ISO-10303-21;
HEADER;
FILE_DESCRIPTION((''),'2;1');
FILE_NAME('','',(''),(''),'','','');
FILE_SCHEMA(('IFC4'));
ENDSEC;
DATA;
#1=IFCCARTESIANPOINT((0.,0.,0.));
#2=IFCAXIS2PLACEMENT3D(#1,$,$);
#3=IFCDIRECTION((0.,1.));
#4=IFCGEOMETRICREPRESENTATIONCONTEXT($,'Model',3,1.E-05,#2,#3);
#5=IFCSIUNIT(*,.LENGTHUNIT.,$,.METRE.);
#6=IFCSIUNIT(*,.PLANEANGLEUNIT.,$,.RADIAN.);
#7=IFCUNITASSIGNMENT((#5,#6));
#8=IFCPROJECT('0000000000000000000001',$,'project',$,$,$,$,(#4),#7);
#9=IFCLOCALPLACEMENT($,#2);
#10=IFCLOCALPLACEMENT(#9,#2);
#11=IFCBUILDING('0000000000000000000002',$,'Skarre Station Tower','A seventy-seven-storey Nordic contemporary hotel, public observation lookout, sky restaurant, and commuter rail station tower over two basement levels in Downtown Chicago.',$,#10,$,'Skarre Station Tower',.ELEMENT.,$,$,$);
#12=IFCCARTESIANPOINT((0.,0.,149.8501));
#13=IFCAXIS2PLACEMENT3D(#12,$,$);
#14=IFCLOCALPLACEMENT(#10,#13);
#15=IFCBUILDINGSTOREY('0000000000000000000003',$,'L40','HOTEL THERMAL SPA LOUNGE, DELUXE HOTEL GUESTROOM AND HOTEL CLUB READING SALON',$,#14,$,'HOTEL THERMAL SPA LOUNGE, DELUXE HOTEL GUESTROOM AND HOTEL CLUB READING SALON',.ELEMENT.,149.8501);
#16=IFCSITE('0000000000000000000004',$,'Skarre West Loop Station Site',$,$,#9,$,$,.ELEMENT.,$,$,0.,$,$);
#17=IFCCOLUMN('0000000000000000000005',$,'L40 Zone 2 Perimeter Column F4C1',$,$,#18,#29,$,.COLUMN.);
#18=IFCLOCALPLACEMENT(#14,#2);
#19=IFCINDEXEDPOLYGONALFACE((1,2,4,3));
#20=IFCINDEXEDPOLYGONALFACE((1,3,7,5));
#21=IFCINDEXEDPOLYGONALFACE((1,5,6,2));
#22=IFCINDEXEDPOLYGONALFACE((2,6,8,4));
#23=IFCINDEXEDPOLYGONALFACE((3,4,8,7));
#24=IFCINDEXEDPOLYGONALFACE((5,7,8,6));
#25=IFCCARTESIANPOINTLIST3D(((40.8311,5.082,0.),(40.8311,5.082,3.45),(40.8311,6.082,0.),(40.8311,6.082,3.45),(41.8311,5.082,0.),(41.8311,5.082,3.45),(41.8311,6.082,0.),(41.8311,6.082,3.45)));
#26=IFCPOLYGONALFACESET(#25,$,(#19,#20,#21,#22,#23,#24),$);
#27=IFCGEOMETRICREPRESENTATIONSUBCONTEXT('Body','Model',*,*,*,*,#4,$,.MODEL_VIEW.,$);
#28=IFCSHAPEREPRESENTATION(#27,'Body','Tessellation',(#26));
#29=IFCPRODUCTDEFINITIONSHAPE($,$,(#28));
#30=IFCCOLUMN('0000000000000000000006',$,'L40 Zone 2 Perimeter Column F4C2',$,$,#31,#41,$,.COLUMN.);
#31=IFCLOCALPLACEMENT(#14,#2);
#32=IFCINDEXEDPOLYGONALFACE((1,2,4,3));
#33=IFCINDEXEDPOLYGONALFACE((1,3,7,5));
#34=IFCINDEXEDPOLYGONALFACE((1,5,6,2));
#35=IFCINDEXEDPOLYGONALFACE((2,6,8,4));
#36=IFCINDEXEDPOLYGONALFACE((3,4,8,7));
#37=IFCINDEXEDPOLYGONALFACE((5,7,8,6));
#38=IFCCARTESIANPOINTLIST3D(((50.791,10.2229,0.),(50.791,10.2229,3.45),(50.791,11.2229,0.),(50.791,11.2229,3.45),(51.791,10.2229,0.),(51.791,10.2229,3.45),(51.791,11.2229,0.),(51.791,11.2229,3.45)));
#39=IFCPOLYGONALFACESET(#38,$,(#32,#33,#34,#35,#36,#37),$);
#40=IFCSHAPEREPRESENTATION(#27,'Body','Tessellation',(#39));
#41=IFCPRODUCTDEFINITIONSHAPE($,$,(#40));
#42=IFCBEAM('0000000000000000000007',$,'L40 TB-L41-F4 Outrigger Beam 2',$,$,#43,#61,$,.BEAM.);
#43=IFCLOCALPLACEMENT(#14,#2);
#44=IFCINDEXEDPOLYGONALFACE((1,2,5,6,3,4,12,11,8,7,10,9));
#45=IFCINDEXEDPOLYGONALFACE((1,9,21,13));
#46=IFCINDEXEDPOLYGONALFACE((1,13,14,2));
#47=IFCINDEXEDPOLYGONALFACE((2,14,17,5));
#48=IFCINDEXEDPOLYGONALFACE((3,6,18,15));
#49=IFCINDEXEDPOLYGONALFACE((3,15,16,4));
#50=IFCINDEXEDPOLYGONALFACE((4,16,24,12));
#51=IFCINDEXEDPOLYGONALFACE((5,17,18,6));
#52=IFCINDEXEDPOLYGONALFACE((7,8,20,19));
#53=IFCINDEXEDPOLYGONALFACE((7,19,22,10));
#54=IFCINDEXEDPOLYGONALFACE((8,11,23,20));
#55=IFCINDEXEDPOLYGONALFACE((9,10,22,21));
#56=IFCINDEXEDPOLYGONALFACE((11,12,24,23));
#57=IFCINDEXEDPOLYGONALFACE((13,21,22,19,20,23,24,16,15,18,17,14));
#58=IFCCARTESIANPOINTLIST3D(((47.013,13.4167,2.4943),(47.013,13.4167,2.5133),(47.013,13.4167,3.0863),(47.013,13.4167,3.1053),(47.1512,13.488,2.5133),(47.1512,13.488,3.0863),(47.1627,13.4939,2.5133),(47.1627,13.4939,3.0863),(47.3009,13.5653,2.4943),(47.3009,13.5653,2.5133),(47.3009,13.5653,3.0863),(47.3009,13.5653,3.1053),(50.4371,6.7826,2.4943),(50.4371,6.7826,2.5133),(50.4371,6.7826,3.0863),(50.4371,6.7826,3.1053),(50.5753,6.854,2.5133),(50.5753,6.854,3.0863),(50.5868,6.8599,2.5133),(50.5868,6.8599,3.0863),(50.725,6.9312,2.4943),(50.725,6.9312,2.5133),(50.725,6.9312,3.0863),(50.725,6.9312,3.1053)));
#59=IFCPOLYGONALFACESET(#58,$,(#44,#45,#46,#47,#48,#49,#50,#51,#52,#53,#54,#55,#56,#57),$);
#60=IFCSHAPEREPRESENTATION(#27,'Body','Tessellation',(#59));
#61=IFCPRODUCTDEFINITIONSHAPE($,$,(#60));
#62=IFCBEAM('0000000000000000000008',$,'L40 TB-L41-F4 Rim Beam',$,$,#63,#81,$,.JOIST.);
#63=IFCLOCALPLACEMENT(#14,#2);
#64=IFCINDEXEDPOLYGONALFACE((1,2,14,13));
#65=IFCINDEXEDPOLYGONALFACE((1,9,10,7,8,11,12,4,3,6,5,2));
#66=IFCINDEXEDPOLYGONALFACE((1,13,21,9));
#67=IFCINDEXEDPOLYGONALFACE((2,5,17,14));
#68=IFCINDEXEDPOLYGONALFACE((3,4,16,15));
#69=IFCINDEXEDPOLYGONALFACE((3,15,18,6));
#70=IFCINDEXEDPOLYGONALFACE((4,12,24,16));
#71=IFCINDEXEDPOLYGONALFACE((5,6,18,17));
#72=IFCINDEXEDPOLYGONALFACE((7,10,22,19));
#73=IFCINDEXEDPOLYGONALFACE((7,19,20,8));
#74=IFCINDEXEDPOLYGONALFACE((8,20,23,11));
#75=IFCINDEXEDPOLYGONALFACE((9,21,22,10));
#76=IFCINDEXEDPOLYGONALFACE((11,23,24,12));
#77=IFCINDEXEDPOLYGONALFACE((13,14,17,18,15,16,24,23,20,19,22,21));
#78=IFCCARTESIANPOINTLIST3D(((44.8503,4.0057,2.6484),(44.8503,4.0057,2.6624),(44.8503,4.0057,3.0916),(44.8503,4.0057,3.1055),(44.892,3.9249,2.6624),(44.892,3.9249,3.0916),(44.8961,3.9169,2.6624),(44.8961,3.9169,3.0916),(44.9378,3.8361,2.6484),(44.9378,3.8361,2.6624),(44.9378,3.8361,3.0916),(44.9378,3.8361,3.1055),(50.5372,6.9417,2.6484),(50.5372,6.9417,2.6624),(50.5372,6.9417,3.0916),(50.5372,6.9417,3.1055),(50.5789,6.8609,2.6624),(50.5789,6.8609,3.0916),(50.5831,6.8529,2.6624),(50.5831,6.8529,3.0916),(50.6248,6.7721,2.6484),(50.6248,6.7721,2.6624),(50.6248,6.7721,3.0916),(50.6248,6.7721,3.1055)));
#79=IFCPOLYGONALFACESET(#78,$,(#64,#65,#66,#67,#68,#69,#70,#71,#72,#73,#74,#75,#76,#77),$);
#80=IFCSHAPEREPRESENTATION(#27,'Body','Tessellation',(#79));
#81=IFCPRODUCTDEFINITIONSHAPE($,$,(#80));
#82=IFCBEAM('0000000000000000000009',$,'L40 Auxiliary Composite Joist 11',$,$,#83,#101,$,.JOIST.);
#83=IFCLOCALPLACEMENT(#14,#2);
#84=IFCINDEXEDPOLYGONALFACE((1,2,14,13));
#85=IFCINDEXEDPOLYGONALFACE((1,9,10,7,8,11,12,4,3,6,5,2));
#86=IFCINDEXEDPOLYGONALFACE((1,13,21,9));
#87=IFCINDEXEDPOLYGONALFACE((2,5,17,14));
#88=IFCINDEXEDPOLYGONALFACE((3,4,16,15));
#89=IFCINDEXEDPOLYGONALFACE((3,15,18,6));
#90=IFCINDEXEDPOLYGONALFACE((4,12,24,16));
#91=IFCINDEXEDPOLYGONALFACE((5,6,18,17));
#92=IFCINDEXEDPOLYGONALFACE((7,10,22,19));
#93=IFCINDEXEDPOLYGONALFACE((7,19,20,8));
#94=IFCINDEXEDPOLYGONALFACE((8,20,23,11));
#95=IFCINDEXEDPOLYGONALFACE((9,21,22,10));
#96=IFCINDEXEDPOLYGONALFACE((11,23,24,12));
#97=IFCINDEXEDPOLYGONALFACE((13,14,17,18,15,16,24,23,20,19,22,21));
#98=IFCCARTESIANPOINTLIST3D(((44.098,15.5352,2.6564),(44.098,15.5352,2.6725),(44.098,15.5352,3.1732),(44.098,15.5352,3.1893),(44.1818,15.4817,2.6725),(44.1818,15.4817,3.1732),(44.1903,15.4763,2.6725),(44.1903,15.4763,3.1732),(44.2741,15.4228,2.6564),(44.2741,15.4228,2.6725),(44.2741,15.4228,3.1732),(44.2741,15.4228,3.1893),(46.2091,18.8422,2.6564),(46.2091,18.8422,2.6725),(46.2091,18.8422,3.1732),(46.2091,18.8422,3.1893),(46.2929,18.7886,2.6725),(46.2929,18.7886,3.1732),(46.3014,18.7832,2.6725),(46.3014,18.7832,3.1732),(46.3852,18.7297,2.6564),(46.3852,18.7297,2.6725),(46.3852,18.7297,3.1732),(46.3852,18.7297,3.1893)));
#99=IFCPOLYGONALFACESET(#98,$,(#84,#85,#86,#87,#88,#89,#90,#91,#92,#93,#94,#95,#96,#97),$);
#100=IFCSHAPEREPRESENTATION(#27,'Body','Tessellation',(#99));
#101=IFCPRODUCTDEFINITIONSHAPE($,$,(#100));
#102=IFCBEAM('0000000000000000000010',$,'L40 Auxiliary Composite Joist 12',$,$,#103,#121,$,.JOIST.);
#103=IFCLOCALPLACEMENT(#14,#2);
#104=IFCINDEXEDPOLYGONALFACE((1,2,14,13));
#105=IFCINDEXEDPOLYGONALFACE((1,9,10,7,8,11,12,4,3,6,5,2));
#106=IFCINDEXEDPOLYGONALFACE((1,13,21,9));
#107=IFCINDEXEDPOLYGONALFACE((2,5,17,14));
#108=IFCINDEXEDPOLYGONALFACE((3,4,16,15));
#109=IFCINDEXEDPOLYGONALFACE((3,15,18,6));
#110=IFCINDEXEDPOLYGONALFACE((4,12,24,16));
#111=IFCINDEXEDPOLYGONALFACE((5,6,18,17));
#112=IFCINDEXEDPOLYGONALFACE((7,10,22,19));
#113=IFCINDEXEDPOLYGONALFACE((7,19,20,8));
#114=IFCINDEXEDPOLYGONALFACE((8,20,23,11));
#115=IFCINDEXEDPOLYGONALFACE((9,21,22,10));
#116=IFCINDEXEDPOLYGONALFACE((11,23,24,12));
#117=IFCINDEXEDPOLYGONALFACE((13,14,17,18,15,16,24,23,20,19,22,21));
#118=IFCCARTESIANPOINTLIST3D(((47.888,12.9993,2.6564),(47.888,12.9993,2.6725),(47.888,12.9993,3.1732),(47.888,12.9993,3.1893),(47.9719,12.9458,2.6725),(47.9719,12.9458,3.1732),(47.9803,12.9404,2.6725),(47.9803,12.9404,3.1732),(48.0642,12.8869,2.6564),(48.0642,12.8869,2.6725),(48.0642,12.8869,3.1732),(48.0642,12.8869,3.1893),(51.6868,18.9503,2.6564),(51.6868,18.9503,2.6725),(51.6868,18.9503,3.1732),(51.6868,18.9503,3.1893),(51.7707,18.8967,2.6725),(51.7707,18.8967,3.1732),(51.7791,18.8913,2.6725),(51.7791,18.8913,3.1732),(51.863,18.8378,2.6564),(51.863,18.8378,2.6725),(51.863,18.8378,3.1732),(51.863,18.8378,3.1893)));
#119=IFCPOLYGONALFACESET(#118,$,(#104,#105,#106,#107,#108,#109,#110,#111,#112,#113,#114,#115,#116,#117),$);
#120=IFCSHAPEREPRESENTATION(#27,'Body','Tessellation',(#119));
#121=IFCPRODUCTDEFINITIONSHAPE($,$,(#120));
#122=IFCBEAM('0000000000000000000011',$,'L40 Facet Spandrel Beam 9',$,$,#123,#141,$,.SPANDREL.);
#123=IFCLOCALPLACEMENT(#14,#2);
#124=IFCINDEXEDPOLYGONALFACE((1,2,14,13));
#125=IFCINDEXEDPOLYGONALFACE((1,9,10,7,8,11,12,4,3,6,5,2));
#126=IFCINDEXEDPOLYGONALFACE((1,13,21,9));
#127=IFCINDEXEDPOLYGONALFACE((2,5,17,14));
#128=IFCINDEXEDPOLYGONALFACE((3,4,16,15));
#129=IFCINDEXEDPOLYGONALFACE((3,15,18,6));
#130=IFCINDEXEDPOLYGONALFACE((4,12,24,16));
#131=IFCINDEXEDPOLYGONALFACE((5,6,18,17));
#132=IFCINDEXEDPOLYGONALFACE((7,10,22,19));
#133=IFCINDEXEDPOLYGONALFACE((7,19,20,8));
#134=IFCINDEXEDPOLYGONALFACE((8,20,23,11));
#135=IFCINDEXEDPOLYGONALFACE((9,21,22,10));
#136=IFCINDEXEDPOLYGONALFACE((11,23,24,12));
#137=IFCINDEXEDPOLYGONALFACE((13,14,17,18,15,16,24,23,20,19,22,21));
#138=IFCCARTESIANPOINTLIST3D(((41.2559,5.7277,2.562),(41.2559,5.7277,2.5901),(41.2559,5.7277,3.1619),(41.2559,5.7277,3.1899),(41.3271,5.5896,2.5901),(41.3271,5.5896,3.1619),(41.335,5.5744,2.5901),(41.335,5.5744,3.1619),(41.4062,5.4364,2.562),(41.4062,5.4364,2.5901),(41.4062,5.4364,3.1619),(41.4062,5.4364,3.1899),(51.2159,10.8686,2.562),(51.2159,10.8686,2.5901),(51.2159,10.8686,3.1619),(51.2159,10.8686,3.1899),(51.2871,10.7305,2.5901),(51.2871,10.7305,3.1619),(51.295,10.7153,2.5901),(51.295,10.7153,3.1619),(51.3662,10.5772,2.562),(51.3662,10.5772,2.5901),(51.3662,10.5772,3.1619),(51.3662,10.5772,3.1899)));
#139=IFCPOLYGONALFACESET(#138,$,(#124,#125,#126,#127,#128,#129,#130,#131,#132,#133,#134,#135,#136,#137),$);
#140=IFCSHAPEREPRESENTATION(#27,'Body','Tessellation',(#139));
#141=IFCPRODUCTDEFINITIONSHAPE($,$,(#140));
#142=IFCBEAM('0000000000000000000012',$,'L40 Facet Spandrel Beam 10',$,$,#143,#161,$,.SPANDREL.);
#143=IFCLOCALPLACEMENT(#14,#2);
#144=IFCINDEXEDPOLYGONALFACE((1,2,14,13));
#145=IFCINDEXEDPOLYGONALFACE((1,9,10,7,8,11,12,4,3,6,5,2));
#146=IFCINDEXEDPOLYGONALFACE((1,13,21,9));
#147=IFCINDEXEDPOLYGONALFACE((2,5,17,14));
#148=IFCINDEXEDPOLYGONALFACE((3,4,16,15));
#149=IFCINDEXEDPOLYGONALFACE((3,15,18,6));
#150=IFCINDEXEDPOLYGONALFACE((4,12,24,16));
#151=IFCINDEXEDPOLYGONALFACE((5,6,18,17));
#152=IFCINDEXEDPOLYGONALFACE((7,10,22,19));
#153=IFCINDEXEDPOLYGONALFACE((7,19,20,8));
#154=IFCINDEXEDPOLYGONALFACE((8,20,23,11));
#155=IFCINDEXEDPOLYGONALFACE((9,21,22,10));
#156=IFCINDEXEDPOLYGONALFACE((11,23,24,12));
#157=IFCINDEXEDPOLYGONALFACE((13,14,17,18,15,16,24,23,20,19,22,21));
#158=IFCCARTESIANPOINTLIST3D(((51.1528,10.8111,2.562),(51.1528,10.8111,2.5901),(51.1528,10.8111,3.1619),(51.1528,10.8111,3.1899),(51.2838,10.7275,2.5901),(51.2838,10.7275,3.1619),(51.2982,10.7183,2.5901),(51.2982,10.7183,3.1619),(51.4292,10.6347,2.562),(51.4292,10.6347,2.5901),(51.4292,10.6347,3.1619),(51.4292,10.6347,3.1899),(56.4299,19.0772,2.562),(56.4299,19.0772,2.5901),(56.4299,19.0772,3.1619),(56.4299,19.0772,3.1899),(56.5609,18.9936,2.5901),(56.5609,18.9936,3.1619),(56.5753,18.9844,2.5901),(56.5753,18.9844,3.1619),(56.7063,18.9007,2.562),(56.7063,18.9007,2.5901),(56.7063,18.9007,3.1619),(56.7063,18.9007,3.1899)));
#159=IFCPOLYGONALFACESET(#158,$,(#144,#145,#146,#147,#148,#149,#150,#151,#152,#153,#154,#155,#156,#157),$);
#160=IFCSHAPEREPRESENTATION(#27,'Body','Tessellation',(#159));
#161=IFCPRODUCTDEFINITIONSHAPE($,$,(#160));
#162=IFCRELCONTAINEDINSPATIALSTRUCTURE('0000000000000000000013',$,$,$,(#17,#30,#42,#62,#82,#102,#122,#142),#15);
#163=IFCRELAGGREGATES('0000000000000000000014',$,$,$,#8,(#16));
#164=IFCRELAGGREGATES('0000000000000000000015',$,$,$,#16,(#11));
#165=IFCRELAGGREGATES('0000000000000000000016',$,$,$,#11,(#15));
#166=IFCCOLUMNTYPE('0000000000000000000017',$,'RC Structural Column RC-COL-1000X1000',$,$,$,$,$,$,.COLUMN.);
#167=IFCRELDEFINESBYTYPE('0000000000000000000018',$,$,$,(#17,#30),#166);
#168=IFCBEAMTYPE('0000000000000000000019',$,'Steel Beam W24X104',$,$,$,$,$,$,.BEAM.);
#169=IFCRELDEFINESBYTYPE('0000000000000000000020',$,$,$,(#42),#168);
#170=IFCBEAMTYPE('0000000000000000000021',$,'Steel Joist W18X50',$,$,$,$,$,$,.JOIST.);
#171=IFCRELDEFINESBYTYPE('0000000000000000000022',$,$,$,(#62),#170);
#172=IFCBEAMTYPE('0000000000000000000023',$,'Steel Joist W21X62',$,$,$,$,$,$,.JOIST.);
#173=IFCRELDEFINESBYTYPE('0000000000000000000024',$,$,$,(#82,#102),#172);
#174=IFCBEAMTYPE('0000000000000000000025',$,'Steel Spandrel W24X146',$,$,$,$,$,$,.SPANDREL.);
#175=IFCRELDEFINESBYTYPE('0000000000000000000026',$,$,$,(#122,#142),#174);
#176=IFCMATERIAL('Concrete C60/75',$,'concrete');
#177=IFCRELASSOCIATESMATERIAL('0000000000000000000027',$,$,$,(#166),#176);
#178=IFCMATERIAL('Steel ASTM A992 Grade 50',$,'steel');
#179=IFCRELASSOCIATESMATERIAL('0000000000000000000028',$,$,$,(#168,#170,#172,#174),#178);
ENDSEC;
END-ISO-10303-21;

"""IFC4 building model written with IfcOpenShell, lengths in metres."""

from ifc_helpers import new_model, si_unit, direction, frame, origin, origin_2d, place, context, subcontext, project, spatial, rectangle, i_section, extrude, material, material_profile, profile_set, type_object, element, save


model = new_model("IFC4")

# Units and contexts
model_context = context("Model", 3, precision=1e-05, world=origin(), true_north=direction((0.0, 1.0)))
body_context = subcontext(model_context, "Body", "Model", "MODEL_VIEW")
ifc_project = project(units=[si_unit("LENGTHUNIT", "METRE"), si_unit("PLANEANGLEUNIT", "RADIAN")], contexts=[model_context])

# Site, building, storey
site_placement = place(None, origin())
site = spatial("IfcSite", under=ifc_project, at=site_placement, Name="Skarre West Loop Station Site", CompositionType="ELEMENT", RefElevation=0.0)
building_placement = place(site_placement, origin())
building = spatial("IfcBuilding", under=site, at=building_placement, Name="Skarre Station Tower", Description="A seventy-seven-storey Nordic contemporary hotel, public observation lookout, sky restaurant, and commuter rail station tower over two basement levels in Downtown Chicago.", LongName="Skarre Station Tower", CompositionType="ELEMENT")
storey_placement = place(building_placement, frame((0.0, 0.0, 149.8501)))
storey = spatial("IfcBuildingStorey", under=building, at=storey_placement, Name="L40", Description="HOTEL THERMAL SPA LOUNGE, DELUXE HOTEL GUESTROOM AND HOTEL CLUB READING SALON", LongName="HOTEL THERMAL SPA LOUNGE, DELUXE HOTEL GUESTROOM AND HOTEL CLUB READING SALON", CompositionType="ELEMENT", Elevation=149.8501)

# Columns
ifc_material_1 = material(Name="Concrete C60/75", Category="concrete")
ifc_material_profile_1 = material_profile(ifc_material_1, rectangle(XDim=1.0, YDim=1.0, at=origin_2d()), Name="Concrete C60/75")
ifc_profile_set_1 = profile_set([ifc_material_profile_1], Name="Concrete C60/75")
column_type = type_object("IfcColumnType", Name="RC Structural Column RC-COL-1000X1000", PredefinedType="COLUMN", material=ifc_profile_set_1)
for number, where, z_axis, x_axis, name in (
    (1, (41.3311, 5.582, 0.0), (0.0, 0.0, 1.0), (1.0, 0.0, 0.0), "L40 Zone 2 Perimeter Column F4C1"),
    (2, (51.291, 10.7229, 0.0), (0.0, 0.0, 1.0), (1.0, 0.0, 0.0), "L40 Zone 2 Perimeter Column F4C2"),
):
    element("IfcColumn", number, at=place(storey_placement, frame(where, z_axis=z_axis, x_axis=x_axis)), inside=storey, type_object=column_type, Name=name, PredefinedType="COLUMN", context=body_context, shape_type="SweptSolid", body=[
        extrude(rectangle(XDim=1.0, YDim=1.0, at=origin_2d()), origin(), (0.0, 0.0, 1.0), 3.45),
    ])

# Beams
ifc_material_2 = material(Name="Steel ASTM A992 Grade 50", Category="steel")
ifc_material_profile_2 = material_profile(ifc_material_2, i_section(OverallWidth=0.324, OverallDepth=0.6111, WebThickness=0.0129, FlangeThickness=0.019, at=origin_2d()), Name="Steel ASTM A992 Grade 50")
ifc_profile_set_2 = profile_set([ifc_material_profile_2], Name="Steel ASTM A992 Grade 50")
beam_type_1 = type_object("IfcBeamType", Name="Steel Beam W24X104", PredefinedType="BEAM", material=ifc_profile_set_2)
beam_1_placement = place(storey_placement, frame((47.157, 13.491, 2.7998), z_axis=(0.458649, -0.888618, 0.0), x_axis=(0.888618, 0.458649, 0.0)))
element("IfcBeam", 3, at=beam_1_placement, inside=storey, type_object=beam_type_1, Name="L40 TB-L41-F4 Outrigger Beam 2", PredefinedType="BEAM", context=body_context, shape_type="SweptSolid", body=[
    extrude(i_section(OverallWidth=0.324, OverallDepth=0.6111, WebThickness=0.0129, FlangeThickness=0.019, at=origin_2d()), origin(), (0.0, 0.0, 1.0), 7.4656),
])
ifc_material_profile_3 = material_profile(ifc_material_2, i_section(OverallWidth=0.1909, OverallDepth=0.457, WebThickness=0.009, FlangeThickness=0.0139, at=origin_2d()), Name="Steel ASTM A992 Grade 50")
ifc_profile_set_3 = profile_set([ifc_material_profile_3], Name="Steel ASTM A992 Grade 50")
beam_type_2 = type_object("IfcBeamType", Name="Steel Joist W18X50", PredefinedType="JOIST", material=ifc_profile_set_3)
beam_2_placement = place(storey_placement, frame((44.894, 3.9209, 2.877), z_axis=(0.888569, 0.458742, 0.0), x_axis=(-0.458742, 0.888569, 0.0)))
element("IfcBeam", 4, at=beam_2_placement, inside=storey, type_object=beam_type_2, Name="L40 TB-L41-F4 Rim Beam", PredefinedType="JOIST", context=body_context, shape_type="SweptSolid", body=[
    extrude(i_section(OverallWidth=0.1909, OverallDepth=0.457, WebThickness=0.009, FlangeThickness=0.0139, at=origin_2d()), origin(), (0.0, 0.0, 1.0), 6.4001),
])
ifc_material_profile_4 = material_profile(ifc_material_2, i_section(OverallWidth=0.209, OverallDepth=0.533, WebThickness=0.01, FlangeThickness=0.0161, at=origin_2d()), Name="Steel ASTM A992 Grade 50")
ifc_profile_set_4 = profile_set([ifc_material_profile_4], Name="Steel ASTM A992 Grade 50")
beam_type_3 = type_object("IfcBeamType", Name="Steel Joist W21X62", PredefinedType="JOIST", material=ifc_profile_set_4)
beam_3_placement = place(storey_placement, frame((44.186, 15.479, 2.9229), z_axis=(0.538091, 0.842887, 0.0), x_axis=(-0.842887, 0.538091, 0.0)))
element("IfcBeam", 5, at=beam_3_placement, inside=storey, type_object=beam_type_3, Name="L40 Auxiliary Composite Joist 11", PredefinedType="JOIST", context=body_context, shape_type="SweptSolid", body=[
    extrude(i_section(OverallWidth=0.209, OverallDepth=0.533, WebThickness=0.01, FlangeThickness=0.0161, at=origin_2d()), origin(), (0.0, 0.0, 1.0), 3.9233),
])
beam_4_placement = place(storey_placement, frame((47.9761, 12.9431, 2.9229), z_axis=(0.538072, 0.842899, 0.0), x_axis=(-0.842899, 0.538072, 0.0)))
element("IfcBeam", 6, at=beam_4_placement, inside=storey, type_object=beam_type_3, Name="L40 Auxiliary Composite Joist 12", PredefinedType="JOIST", context=body_context, shape_type="SweptSolid", body=[
    extrude(i_section(OverallWidth=0.209, OverallDepth=0.533, WebThickness=0.01, FlangeThickness=0.0161, at=origin_2d()), origin(), (0.0, 0.0, 1.0), 7.0601),
])
ifc_material_profile_5 = material_profile(ifc_material_2, i_section(OverallWidth=0.3279, OverallDepth=0.6279, WebThickness=0.0171, FlangeThickness=0.0281, at=origin_2d()), Name="Steel ASTM A992 Grade 50")
ifc_profile_set_5 = profile_set([ifc_material_profile_5], Name="Steel ASTM A992 Grade 50")
beam_type_4 = type_object("IfcBeamType", Name="Steel Spandrel W24X146", PredefinedType="SPANDREL", material=ifc_profile_set_5)
beam_5_placement = place(storey_placement, frame((41.3311, 5.582, 2.876), z_axis=(0.888612, 0.45866, 0.0), x_axis=(-0.45866, 0.888612, 0.0)))
element("IfcBeam", 7, at=beam_5_placement, inside=storey, type_object=beam_type_4, Name="L40 Facet Spandrel Beam 9", PredefinedType="SPANDREL", context=body_context, shape_type="SweptSolid", body=[
    extrude(i_section(OverallWidth=0.3279, OverallDepth=0.6279, WebThickness=0.0171, FlangeThickness=0.0281, at=origin_2d()), origin(), (0.0, 0.0, 1.0), 11.2085),
])
beam_6_placement = place(storey_placement, frame((51.291, 10.7229, 2.876), z_axis=(0.538098, 0.842883, 0.0), x_axis=(-0.842883, 0.538098, 0.0)))
element("IfcBeam", 8, at=beam_6_placement, inside=storey, type_object=beam_type_4, Name="L40 Facet Spandrel Beam 10", PredefinedType="SPANDREL", context=body_context, shape_type="SweptSolid", body=[
    extrude(i_section(OverallWidth=0.3279, OverallDepth=0.6279, WebThickness=0.0171, FlangeThickness=0.0281, at=origin_2d()), origin(), (0.0, 0.0, 1.0), 9.8069),
])

save(model, "model.ifc")
